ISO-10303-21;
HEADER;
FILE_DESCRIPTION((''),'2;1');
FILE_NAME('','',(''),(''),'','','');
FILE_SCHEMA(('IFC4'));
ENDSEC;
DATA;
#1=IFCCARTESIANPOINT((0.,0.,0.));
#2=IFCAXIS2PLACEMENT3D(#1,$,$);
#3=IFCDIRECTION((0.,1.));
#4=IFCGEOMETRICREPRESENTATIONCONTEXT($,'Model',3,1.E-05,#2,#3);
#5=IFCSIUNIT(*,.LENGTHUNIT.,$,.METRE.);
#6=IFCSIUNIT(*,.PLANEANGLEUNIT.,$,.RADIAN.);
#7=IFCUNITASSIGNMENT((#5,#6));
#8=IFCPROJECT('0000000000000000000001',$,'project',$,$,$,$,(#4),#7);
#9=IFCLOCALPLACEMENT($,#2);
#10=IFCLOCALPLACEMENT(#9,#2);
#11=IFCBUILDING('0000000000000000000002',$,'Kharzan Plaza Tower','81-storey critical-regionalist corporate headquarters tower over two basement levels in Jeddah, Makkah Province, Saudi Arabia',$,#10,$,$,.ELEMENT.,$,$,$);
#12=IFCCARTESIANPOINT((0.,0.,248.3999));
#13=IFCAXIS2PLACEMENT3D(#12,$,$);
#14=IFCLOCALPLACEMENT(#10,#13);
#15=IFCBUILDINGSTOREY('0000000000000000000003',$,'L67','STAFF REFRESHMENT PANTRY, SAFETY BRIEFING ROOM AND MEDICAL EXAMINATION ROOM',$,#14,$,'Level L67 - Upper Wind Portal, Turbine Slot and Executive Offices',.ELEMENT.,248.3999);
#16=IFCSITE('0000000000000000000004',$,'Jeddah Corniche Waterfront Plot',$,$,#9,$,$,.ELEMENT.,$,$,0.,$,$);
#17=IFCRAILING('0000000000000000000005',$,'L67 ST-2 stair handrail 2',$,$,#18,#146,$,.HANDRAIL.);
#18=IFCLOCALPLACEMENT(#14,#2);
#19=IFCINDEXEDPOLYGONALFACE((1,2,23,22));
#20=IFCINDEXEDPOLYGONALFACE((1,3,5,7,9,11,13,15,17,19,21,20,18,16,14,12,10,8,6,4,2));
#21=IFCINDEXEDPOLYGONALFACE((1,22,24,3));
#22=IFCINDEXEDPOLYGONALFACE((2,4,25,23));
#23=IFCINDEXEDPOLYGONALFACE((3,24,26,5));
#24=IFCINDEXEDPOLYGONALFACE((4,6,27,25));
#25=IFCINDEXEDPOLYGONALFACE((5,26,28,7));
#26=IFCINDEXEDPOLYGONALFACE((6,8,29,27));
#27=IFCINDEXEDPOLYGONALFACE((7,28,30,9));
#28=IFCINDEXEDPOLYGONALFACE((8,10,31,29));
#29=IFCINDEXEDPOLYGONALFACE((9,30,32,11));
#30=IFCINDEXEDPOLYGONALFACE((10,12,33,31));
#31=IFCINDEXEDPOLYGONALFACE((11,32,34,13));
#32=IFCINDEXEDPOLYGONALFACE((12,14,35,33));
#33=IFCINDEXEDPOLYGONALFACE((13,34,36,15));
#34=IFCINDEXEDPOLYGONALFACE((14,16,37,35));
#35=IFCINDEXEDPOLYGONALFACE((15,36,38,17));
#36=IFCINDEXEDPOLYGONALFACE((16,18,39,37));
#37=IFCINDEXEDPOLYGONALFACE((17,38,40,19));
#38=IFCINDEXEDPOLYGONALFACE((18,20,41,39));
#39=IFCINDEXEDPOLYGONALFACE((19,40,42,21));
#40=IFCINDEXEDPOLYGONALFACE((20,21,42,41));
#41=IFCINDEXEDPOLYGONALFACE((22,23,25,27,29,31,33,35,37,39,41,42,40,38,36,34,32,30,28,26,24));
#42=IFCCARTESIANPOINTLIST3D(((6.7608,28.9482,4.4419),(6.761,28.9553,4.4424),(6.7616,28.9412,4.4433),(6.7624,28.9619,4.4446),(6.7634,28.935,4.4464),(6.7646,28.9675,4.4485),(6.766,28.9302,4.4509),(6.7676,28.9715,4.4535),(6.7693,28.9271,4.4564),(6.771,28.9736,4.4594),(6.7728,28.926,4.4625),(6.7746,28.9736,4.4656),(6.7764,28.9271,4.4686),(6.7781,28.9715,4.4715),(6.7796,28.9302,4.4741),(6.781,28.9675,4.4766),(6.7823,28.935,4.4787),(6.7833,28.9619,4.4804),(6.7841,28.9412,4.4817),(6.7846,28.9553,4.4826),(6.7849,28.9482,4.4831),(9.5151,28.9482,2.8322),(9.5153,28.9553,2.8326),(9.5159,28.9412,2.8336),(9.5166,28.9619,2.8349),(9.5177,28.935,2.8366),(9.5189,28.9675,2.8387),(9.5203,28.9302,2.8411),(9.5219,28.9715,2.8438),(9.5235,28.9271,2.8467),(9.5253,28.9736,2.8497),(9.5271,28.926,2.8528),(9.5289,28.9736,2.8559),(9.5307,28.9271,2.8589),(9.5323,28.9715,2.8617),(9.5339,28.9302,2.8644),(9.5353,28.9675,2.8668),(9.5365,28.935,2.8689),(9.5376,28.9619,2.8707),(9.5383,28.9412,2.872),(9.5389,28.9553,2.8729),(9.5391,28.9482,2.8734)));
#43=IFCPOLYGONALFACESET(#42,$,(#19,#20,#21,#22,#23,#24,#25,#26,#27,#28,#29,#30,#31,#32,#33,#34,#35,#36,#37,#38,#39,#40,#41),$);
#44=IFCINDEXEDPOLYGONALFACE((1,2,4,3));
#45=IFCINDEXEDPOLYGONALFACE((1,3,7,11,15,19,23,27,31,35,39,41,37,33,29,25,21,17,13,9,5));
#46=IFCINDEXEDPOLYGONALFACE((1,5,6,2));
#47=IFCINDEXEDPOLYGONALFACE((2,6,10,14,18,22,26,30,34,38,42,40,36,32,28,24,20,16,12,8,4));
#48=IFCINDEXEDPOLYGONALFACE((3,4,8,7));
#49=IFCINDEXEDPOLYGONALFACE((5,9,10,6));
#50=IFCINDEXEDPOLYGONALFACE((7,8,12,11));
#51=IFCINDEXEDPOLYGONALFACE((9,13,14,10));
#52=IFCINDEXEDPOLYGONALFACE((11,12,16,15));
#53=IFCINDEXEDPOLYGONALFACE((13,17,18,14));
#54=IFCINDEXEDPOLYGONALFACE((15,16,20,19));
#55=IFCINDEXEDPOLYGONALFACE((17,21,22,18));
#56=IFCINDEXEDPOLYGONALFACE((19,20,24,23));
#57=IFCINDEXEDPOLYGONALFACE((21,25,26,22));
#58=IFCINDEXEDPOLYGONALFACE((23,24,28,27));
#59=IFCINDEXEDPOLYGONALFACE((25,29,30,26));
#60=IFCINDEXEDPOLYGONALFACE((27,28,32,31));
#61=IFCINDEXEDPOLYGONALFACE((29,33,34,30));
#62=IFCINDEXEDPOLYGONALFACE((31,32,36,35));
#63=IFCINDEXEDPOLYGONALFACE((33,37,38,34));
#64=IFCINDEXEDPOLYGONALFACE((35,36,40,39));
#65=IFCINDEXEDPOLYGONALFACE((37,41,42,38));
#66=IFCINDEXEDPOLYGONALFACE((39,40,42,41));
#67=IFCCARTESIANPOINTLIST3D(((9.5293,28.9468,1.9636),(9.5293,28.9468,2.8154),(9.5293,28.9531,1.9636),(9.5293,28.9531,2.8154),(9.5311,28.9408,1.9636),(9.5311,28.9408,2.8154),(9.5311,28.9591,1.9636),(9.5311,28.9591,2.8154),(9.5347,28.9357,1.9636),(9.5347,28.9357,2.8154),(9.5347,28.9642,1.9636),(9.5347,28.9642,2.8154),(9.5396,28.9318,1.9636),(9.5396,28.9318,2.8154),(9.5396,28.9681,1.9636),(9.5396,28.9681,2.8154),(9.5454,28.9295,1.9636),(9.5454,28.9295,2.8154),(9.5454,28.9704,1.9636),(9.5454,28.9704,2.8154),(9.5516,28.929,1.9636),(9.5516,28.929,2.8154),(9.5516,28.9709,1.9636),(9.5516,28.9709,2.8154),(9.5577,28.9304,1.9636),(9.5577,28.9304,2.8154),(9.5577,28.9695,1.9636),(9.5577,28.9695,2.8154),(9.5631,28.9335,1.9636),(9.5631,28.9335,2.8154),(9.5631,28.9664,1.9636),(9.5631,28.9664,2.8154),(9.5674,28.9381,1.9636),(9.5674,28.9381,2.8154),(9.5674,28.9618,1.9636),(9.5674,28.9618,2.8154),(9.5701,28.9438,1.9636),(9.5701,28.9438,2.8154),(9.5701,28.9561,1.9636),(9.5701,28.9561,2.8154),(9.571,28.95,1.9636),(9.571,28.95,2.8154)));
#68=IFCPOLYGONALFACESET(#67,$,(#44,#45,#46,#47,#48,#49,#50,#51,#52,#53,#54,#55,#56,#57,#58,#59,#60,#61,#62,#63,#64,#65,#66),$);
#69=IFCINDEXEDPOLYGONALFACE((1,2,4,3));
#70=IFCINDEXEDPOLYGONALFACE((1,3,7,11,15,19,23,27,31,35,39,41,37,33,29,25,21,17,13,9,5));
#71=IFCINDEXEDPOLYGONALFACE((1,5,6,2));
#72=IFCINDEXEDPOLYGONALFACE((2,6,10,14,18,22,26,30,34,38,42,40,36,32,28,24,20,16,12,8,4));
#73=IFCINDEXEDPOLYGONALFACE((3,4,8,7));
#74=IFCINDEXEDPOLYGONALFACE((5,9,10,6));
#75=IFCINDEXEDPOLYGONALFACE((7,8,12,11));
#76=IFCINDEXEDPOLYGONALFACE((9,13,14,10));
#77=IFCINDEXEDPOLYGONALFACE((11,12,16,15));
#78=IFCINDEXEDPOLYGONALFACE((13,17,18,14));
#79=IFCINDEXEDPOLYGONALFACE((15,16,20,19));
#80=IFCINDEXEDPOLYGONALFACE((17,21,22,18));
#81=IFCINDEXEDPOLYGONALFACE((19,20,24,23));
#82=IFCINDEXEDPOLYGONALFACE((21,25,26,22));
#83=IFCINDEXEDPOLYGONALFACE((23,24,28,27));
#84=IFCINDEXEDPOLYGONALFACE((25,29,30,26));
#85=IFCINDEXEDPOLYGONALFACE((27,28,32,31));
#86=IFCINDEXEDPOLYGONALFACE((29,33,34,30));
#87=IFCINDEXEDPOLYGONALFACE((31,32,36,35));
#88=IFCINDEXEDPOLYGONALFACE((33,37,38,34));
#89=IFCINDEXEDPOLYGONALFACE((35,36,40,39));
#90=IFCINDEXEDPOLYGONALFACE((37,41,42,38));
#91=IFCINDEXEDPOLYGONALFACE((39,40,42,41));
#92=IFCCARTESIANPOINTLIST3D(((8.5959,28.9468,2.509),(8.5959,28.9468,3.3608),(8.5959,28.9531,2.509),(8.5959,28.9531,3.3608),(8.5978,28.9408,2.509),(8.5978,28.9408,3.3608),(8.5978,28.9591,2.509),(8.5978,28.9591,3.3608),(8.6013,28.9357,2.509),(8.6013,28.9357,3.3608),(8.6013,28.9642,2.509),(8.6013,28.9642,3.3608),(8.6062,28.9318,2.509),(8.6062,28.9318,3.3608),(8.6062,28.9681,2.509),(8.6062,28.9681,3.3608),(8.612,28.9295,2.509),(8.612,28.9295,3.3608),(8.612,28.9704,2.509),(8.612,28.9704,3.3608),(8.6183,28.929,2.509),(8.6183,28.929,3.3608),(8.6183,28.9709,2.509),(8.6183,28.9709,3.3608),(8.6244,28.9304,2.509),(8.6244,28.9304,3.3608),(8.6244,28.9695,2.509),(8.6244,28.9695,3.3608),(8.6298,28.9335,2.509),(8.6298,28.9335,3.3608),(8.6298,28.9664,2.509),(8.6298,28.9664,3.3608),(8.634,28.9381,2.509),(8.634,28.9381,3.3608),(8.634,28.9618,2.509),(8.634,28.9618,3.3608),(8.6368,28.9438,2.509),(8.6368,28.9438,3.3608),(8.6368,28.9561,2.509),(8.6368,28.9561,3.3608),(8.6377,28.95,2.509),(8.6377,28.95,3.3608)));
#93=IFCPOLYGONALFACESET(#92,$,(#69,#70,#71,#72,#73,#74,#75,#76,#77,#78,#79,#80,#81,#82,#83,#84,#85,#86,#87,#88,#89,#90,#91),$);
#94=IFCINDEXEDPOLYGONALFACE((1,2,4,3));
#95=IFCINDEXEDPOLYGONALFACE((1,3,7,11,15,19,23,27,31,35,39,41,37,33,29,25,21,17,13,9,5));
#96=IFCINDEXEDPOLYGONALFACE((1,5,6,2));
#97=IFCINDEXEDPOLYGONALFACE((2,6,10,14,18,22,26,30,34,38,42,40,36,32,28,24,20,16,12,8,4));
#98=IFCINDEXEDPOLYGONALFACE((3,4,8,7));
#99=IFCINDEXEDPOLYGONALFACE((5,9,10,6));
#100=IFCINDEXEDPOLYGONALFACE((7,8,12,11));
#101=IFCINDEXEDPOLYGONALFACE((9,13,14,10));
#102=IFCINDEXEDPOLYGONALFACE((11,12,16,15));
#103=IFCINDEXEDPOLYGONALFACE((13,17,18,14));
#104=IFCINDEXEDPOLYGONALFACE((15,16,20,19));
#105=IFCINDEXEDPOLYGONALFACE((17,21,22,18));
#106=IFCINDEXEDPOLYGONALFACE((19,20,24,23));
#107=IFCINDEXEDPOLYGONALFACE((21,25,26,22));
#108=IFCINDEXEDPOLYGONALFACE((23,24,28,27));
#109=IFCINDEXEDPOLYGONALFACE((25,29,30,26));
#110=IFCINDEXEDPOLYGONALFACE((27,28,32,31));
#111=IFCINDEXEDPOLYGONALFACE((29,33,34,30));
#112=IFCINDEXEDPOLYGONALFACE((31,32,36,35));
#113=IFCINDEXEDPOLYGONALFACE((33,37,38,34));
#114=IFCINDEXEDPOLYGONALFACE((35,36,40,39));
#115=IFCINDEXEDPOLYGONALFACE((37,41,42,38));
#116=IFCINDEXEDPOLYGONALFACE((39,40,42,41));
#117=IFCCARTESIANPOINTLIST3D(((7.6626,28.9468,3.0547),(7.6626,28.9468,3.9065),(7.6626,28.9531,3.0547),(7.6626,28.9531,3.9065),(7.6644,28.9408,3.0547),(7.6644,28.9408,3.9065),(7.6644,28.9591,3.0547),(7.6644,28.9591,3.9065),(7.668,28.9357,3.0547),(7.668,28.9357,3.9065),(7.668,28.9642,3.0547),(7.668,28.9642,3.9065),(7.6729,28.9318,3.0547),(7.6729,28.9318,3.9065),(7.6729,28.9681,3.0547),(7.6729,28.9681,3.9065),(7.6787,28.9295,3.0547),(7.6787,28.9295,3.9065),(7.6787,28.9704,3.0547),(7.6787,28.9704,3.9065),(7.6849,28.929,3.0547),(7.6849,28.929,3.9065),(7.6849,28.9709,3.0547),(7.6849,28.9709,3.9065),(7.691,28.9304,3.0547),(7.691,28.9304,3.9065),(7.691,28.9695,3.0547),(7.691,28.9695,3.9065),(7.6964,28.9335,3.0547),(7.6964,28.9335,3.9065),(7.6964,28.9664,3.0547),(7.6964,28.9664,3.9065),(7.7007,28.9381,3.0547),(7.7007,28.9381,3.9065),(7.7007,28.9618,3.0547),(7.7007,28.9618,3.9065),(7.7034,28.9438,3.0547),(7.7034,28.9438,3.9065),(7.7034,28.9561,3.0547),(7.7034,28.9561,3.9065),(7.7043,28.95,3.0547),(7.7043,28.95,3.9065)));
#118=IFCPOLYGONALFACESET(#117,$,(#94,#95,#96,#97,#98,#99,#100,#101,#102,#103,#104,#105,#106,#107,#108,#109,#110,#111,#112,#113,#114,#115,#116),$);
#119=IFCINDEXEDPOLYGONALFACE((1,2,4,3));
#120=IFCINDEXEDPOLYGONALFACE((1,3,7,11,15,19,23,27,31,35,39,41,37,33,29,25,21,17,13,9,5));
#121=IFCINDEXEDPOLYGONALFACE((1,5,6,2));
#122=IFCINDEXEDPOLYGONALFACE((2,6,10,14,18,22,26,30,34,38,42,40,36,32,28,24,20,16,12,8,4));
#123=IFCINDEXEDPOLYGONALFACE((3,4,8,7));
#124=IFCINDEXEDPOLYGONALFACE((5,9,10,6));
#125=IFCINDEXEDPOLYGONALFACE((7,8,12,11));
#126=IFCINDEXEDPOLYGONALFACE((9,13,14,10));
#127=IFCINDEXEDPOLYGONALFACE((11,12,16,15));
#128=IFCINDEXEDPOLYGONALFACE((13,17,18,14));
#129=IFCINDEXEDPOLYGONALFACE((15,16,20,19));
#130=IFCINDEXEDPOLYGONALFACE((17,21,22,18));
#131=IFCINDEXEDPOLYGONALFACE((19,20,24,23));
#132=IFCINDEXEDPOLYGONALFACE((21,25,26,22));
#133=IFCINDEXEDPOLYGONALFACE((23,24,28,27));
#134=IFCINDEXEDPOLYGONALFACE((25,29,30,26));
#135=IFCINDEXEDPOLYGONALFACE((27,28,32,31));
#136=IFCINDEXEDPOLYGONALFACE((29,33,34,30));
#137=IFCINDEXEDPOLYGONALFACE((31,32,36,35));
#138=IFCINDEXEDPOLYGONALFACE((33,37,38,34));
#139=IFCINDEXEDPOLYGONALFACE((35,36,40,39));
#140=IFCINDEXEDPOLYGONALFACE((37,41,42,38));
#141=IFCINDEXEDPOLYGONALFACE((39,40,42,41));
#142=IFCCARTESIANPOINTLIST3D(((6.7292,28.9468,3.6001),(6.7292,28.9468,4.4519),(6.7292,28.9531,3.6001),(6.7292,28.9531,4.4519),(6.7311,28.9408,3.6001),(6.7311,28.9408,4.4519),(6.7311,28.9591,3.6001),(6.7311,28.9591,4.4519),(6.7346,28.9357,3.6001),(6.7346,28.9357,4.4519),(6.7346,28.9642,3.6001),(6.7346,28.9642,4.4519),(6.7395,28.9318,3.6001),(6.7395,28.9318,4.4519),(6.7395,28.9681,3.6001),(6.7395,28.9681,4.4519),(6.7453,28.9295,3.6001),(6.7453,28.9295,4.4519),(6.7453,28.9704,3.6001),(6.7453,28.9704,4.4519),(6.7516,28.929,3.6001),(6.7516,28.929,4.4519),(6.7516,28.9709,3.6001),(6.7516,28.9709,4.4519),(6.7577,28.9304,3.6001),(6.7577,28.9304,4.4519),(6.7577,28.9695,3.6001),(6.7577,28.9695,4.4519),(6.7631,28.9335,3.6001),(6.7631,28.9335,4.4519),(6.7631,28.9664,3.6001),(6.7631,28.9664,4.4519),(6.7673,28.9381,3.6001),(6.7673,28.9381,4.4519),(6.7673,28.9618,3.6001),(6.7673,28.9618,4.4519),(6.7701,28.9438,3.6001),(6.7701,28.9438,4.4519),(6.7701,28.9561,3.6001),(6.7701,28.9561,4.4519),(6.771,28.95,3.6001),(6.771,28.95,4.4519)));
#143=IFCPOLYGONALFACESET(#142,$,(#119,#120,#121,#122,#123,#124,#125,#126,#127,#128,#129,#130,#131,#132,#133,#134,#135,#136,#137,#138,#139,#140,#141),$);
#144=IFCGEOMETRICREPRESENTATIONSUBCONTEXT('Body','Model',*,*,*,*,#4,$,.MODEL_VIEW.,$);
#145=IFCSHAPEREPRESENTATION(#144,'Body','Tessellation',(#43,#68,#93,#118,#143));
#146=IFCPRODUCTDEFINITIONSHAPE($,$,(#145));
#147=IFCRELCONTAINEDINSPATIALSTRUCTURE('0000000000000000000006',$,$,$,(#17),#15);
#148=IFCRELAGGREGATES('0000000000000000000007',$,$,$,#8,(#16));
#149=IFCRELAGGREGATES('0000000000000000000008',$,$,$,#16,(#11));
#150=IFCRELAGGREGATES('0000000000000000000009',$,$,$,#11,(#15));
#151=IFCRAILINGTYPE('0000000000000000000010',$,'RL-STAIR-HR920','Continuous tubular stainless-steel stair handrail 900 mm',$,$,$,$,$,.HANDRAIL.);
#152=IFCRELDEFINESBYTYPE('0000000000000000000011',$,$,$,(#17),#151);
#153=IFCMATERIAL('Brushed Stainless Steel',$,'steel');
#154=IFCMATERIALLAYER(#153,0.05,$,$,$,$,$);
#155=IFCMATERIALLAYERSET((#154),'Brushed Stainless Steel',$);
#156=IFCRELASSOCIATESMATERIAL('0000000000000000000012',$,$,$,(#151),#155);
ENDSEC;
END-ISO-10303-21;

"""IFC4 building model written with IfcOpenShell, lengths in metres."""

from ifc_helpers import new_model, si_unit, direction, frame, origin, origin_2d, place, context, subcontext, project, spatial, circle, extrude, source, transform, mapped, material, layer, layer_set, type_object, element, save


model = new_model("IFC4")

# Units and contexts
model_context = context("Model", 3, precision=1e-05, world=origin(), true_north=direction((0.0, 1.0)))
body_context = subcontext(model_context, "Body", "Model", "MODEL_VIEW")
ifc_project = project(units=[si_unit("LENGTHUNIT", "METRE"), si_unit("PLANEANGLEUNIT", "RADIAN")], contexts=[model_context])

# Site, building, storey
site_placement = place(None, origin())
site = spatial("IfcSite", under=ifc_project, at=site_placement, Name="Jeddah Corniche Waterfront Plot", CompositionType="ELEMENT", RefElevation=0.0)
building_placement = place(site_placement, origin())
building = spatial("IfcBuilding", under=site, at=building_placement, Name="Kharzan Plaza Tower", Description="81-storey critical-regionalist corporate headquarters tower over two basement levels in Jeddah, Makkah Province, Saudi Arabia", CompositionType="ELEMENT")
storey_placement = place(building_placement, frame((0.0, 0.0, 248.3999)))
storey = spatial("IfcBuildingStorey", under=building, at=storey_placement, Name="L67", Description="STAFF REFRESHMENT PANTRY, SAFETY BRIEFING ROOM AND MEDICAL EXAMINATION ROOM", LongName="Level L67 - Upper Wind Portal, Turbine Slot and Executive Offices", CompositionType="ELEMENT", Elevation=248.3999)

# Shared definitions
ifc_material_1 = material(Name="Brushed Stainless Steel", Category="steel")

# Railing
ifc_layer_1 = layer(ifc_material_1, 0.05)
ifc_layer_set_1 = layer_set([ifc_layer_1], Name="Brushed Stainless Steel")
railing_type_1 = type_object("IfcRailingType", Name="RL-STAIR-HR920", Description="Continuous tubular stainless-steel stair handrail 900 mm", PredefinedType="HANDRAIL", material=ifc_layer_set_1)
shared_shape_1 = source(origin(), body_context, "Body", "SweptSolid", [
    extrude(circle(Radius=0.0239, at=origin_2d()), frame((-0.0229, 0.0, 0.8892), z_axis=(-0.863361, 0.0, 0.504587), x_axis=(0.0, -1.0, 0.0)), (0.0, 0.0, 1.0), 3.1902),
    extrude(circle(Radius=0.021, at=origin_2d()), origin(), (0.0, 0.0, 1.0), 0.8518),
    extrude(circle(Radius=0.021, at=origin_2d()), frame((-0.9333, 0.0, 0.5454)), (0.0, 0.0, 1.0), 0.8518),
    extrude(circle(Radius=0.021, at=origin_2d()), frame((-1.8667, 0.0, 1.0911)), (0.0, 0.0, 1.0), 0.8518),
    extrude(circle(Radius=0.021, at=origin_2d()), frame((-2.8, 0.0, 1.6365)), (0.0, 0.0, 1.0), 0.8518),
])
railing_1_placement = place(storey_placement, frame((9.55, 28.95, 1.9636)))
element("IfcRailing", 1, at=railing_1_placement, inside=storey, type_object=railing_type_1, Name="L67 ST-2 stair handrail 2", PredefinedType="HANDRAIL", context=body_context, shape_type="MappedRepresentation", body=[
    mapped(shared_shape_1, transform((0.0, 0.0, 0.0), x_axis=(1.0, 0.0, 0.0), y_axis=(0.0, 1.0, 0.0), z_axis=(0.0, 0.0, 1.0))),
])

save(model, "model.ifc")
